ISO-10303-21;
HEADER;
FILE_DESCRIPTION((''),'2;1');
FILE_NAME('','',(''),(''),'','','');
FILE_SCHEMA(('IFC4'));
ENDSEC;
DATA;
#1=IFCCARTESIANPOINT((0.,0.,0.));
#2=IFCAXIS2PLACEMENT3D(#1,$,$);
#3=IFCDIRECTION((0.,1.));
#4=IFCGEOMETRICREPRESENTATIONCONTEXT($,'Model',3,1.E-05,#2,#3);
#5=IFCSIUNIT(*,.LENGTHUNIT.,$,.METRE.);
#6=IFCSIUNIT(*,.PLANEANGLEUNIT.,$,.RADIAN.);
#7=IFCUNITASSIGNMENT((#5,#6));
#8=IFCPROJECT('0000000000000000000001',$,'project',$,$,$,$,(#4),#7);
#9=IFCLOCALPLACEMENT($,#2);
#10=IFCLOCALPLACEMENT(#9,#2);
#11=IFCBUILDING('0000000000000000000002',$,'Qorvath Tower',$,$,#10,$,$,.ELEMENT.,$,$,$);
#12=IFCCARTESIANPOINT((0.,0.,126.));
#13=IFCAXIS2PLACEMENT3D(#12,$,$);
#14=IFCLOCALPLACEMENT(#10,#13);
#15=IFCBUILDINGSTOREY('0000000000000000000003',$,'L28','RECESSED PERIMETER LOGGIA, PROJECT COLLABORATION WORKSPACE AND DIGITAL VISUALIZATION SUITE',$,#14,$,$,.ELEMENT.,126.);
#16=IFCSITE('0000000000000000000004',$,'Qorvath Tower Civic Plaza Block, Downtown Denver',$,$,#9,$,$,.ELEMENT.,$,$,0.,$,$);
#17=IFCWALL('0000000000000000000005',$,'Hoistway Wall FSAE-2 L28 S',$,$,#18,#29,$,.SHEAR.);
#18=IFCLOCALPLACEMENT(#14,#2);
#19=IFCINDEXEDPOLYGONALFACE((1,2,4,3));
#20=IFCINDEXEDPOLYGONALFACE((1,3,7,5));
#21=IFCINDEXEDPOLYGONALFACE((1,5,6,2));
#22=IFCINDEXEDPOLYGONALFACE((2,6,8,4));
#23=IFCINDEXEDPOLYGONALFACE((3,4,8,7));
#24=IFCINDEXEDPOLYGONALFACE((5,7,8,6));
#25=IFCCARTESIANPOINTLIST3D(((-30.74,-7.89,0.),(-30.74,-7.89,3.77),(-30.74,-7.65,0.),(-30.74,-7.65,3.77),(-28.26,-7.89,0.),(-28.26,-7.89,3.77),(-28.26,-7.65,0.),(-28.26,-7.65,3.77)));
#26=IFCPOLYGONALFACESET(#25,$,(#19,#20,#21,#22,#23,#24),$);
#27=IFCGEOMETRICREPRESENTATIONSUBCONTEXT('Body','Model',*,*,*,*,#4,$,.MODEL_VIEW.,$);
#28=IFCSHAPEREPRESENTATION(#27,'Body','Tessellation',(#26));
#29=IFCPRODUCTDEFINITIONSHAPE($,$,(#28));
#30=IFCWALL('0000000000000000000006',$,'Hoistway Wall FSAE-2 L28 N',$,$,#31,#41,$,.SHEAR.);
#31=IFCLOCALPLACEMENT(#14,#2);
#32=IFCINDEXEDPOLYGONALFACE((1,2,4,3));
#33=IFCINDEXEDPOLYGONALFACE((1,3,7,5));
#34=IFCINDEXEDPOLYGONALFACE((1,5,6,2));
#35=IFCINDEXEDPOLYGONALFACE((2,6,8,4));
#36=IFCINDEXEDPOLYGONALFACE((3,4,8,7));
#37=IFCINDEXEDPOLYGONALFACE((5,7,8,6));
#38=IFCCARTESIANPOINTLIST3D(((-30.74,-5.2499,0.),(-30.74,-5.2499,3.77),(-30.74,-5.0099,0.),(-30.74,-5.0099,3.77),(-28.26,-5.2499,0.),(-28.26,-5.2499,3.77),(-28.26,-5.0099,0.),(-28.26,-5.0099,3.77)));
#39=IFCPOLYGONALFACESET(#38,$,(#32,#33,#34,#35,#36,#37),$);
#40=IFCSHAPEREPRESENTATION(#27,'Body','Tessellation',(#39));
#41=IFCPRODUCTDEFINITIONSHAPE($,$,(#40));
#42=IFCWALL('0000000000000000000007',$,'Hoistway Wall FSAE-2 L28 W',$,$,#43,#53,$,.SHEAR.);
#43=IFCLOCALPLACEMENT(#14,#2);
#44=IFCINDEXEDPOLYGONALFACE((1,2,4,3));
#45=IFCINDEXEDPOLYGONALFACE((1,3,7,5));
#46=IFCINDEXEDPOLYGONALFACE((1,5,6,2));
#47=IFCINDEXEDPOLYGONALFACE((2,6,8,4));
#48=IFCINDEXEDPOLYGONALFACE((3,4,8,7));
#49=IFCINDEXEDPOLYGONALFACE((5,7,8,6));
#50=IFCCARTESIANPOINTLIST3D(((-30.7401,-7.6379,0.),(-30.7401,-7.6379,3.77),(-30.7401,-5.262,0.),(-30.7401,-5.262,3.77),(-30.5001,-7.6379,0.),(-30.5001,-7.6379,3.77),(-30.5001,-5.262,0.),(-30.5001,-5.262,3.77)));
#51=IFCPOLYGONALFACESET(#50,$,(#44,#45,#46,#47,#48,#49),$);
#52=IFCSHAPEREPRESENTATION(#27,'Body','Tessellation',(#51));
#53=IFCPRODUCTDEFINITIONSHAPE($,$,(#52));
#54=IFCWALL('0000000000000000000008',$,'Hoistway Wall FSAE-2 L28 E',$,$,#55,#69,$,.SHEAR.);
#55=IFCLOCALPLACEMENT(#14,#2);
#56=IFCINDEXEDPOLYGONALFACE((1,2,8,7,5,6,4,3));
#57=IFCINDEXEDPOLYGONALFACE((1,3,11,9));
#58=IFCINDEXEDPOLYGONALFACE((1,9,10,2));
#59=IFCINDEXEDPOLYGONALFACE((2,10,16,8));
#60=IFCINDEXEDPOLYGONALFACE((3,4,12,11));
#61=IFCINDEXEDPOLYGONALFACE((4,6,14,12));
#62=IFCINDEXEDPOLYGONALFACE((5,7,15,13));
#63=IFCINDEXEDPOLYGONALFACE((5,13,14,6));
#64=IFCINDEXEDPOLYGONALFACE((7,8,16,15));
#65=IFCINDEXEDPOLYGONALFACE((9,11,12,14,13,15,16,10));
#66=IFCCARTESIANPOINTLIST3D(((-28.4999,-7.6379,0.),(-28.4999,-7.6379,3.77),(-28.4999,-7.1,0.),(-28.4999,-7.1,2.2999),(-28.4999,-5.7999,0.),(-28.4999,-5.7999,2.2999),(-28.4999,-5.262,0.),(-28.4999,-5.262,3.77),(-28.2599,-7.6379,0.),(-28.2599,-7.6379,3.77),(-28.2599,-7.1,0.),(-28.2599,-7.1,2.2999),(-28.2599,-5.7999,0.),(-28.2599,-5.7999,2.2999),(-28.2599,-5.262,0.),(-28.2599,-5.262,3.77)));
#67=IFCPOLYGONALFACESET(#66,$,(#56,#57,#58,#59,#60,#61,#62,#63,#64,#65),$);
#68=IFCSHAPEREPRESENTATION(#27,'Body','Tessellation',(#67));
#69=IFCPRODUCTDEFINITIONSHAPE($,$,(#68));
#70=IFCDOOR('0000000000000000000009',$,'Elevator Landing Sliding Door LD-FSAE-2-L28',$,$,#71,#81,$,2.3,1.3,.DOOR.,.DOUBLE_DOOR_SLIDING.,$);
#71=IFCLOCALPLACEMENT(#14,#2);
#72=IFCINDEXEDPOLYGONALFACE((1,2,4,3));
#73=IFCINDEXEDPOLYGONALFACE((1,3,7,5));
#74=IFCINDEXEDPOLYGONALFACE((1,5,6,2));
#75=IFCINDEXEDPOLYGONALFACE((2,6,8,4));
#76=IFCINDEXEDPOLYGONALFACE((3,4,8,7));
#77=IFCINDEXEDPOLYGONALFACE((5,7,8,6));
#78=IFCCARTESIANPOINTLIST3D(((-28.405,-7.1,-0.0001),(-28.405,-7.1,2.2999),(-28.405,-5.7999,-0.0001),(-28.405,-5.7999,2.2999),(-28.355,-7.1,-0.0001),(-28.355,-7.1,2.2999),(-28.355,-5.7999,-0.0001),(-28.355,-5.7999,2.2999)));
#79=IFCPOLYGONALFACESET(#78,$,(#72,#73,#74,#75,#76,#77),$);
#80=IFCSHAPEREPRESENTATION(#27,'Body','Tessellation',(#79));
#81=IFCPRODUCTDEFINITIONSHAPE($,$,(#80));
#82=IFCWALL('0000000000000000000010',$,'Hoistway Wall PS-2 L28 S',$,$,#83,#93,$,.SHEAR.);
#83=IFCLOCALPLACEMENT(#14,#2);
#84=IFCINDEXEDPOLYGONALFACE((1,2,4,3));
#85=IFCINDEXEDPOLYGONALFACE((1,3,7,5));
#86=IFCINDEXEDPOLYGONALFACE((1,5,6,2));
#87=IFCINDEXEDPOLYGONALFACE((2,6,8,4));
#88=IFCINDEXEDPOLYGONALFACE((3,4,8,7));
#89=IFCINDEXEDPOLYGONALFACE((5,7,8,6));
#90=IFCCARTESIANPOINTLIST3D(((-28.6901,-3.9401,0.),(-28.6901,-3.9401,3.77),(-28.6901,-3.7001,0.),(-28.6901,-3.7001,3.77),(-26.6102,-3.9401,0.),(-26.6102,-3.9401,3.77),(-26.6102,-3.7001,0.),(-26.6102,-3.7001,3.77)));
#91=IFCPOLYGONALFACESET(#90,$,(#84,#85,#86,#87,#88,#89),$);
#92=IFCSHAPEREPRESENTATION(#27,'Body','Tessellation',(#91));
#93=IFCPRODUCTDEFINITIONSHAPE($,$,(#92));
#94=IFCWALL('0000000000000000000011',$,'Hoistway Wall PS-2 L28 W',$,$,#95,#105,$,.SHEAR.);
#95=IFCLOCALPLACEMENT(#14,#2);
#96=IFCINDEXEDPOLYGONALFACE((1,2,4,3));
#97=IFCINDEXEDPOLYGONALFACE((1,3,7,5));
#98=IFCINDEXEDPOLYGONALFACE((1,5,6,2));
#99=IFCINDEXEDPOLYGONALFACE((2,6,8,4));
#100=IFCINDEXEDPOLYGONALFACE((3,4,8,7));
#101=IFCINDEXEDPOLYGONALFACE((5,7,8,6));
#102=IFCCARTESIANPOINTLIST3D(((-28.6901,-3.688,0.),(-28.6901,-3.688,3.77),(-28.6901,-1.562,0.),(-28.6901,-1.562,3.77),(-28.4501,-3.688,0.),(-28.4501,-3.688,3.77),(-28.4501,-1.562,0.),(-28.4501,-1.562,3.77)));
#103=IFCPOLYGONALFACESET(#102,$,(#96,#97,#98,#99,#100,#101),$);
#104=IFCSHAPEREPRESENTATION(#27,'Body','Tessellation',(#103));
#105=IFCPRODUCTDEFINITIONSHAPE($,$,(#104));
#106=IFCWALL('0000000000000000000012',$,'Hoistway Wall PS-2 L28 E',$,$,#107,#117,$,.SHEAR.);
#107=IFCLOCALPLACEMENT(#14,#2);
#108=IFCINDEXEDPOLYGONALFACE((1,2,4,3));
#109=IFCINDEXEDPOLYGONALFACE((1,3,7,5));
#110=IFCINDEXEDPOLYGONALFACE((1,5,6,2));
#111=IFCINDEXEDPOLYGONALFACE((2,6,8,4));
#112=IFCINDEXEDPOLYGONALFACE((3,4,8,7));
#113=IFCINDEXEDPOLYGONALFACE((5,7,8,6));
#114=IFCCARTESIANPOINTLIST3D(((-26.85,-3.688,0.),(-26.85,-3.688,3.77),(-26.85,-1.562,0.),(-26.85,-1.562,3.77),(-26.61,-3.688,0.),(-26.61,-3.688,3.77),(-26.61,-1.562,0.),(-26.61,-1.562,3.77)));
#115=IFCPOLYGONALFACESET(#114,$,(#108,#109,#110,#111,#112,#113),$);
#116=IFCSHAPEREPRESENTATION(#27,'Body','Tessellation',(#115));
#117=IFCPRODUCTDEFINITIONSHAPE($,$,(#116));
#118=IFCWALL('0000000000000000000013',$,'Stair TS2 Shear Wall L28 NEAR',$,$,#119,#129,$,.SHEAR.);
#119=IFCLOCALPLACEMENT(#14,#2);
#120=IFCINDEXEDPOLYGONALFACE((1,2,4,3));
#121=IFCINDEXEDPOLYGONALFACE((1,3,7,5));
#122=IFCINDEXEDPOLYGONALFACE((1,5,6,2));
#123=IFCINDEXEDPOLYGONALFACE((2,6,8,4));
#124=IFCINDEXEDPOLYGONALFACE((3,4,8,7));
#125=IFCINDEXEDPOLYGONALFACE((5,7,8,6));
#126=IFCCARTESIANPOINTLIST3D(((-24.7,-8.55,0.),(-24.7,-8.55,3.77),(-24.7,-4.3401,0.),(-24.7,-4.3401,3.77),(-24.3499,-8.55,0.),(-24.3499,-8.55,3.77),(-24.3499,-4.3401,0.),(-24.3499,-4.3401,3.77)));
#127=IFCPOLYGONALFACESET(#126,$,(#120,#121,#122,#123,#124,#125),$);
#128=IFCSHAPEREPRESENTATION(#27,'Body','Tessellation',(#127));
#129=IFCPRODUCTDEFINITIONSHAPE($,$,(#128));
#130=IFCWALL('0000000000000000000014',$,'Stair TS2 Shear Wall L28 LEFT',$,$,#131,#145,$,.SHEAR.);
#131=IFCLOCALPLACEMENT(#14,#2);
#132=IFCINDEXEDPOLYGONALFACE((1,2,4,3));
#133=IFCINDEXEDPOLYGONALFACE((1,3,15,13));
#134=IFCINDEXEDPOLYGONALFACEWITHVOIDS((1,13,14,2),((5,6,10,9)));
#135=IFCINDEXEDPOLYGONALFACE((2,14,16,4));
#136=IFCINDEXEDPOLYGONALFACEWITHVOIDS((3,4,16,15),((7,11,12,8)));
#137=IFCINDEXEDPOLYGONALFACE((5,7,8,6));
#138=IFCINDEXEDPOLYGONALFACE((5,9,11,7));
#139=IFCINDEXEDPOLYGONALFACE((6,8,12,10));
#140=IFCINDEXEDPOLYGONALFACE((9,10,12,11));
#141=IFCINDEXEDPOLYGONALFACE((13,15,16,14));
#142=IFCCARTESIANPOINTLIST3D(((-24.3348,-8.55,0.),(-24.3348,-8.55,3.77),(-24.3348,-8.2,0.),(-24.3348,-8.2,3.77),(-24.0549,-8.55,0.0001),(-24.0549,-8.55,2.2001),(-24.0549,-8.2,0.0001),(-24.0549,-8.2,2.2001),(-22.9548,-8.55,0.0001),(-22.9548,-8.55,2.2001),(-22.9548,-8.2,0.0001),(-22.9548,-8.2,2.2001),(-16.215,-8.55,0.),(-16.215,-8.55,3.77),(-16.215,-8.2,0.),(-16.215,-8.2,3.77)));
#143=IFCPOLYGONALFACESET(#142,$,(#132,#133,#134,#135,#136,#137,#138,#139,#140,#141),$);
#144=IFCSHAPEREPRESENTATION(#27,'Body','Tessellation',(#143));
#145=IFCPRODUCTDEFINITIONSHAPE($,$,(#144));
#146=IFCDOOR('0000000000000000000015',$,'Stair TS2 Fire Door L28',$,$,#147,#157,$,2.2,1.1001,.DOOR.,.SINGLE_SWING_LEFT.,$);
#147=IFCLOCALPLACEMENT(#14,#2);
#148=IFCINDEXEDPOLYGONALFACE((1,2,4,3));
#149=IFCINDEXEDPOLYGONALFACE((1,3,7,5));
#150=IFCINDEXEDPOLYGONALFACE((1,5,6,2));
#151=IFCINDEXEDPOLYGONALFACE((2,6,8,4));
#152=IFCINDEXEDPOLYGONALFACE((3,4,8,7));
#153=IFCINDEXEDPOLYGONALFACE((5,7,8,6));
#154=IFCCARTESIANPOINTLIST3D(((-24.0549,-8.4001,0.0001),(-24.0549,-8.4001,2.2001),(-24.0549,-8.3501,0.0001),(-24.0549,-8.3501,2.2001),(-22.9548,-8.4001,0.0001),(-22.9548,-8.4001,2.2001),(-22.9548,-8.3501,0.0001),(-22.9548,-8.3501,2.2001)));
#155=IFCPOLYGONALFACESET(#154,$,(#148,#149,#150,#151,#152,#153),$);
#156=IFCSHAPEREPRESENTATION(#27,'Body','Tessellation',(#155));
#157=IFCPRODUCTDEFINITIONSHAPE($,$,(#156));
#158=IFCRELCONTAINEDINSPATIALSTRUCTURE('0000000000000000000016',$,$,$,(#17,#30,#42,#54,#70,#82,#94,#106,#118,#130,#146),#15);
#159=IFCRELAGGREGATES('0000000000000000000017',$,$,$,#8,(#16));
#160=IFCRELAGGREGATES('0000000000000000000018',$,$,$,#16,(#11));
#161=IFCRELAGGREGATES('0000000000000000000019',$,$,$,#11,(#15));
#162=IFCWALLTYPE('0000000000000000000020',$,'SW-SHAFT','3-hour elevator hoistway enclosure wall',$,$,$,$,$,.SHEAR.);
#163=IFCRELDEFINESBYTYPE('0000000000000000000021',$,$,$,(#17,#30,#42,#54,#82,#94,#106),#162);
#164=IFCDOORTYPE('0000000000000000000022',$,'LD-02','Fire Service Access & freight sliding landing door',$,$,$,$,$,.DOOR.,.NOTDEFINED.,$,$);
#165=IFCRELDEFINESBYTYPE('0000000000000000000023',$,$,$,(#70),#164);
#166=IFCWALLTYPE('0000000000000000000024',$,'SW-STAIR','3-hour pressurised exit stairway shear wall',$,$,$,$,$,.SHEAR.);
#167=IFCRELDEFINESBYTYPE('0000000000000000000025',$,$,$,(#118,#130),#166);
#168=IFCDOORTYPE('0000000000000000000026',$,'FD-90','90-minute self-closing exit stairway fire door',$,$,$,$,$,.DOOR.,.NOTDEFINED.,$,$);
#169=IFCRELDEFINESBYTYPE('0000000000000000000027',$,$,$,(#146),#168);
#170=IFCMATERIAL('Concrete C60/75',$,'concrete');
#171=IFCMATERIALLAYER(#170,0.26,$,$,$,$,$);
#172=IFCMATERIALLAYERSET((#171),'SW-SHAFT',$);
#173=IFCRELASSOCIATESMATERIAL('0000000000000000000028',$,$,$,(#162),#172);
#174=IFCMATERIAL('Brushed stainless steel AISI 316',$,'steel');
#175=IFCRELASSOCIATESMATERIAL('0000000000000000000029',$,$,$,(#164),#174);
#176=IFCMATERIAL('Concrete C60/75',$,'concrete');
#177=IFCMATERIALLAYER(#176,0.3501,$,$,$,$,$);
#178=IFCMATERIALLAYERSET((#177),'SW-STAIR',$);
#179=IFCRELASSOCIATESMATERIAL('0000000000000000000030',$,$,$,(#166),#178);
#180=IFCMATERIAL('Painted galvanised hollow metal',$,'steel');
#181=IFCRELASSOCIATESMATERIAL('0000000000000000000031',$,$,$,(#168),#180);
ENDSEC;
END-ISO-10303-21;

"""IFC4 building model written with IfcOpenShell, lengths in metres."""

from ifc_helpers import new_model, si_unit, direction, frame, frame_2d, origin, place, context, subcontext, project, spatial, rectangle, extrude, material, layer, layer_set, type_object, element, fill, save


model = new_model("IFC4")

# Units and contexts
model_context = context("Model", 3, precision=1e-05, world=origin(), true_north=direction((0.0, 1.0)))
body_context = subcontext(model_context, "Body", "Model", "MODEL_VIEW")
ifc_project = project(units=[si_unit("LENGTHUNIT", "METRE"), si_unit("PLANEANGLEUNIT", "RADIAN")], contexts=[model_context])

# Site, building, storey
site_placement = place(None, origin())
site = spatial("IfcSite", under=ifc_project, at=site_placement, Name="Qorvath Tower Civic Plaza Block, Downtown Denver", CompositionType="ELEMENT", RefElevation=0.0)
building_placement = place(site_placement, origin())
building = spatial("IfcBuilding", under=site, at=building_placement, Name="Qorvath Tower", CompositionType="ELEMENT")
storey_placement = place(building_placement, frame((0.0, 0.0, 126.0)))
storey = spatial("IfcBuildingStorey", under=building, at=storey_placement, Name="L28", Description="RECESSED PERIMETER LOGGIA, PROJECT COLLABORATION WORKSPACE AND DIGITAL VISUALIZATION SUITE", CompositionType="ELEMENT", Elevation=126.0)

# Walls
ifc_material_1 = material(Name="Concrete C60/75", Category="concrete")
ifc_layer_1 = layer(ifc_material_1, 0.26)
ifc_layer_set_1 = layer_set([ifc_layer_1], Name="SW-SHAFT")
wall_type_1 = type_object("IfcWallType", Name="SW-SHAFT", Description="3-hour elevator hoistway enclosure wall", PredefinedType="SHEAR", material=ifc_layer_set_1)
for number, where, z_axis, x_axis, name in (
    (1, (-28.26, -7.77, 0.0), (0.0, 0.0, 1.0), (-1.0, 0.0, 0.0), "Hoistway Wall FSAE-2 L28 S"),
    (2, (-30.74, -5.1299, 0.0), (0.0, 0.0, 1.0), (1.0, 0.0, 0.0), "Hoistway Wall FSAE-2 L28 N"),
):
    element("IfcWall", number, at=place(storey_placement, frame(where, z_axis=z_axis, x_axis=x_axis)), inside=storey, type_object=wall_type_1, Name=name, PredefinedType="SHEAR", context=body_context, shape_type="SweptSolid", body=[
        extrude(rectangle(XDim=2.48, YDim=0.24, at=frame_2d((1.24, 0.0))), origin(), (0.0, 0.0, 1.0), 3.77),
    ])
wall_1_placement = place(storey_placement, frame((-30.6201, -7.6379, 0.0), z_axis=(0.0, 0.0, 1.0), x_axis=(0.0, 1.0, 0.0)))
element("IfcWall", 3, at=wall_1_placement, inside=storey, type_object=wall_type_1, Name="Hoistway Wall FSAE-2 L28 W", PredefinedType="SHEAR", context=body_context, shape_type="SweptSolid", body=[
    extrude(rectangle(XDim=2.376, YDim=0.24, at=frame_2d((1.188, 0.0))), origin(), (0.0, 0.0, 1.0), 3.77),
])

# Wall, opening, door
wall_2_placement = place(storey_placement, frame((-28.3799, -5.262, 0.0), z_axis=(0.0, 0.0, 1.0), x_axis=(0.0, -1.0, 0.0)))
wall_2 = element("IfcWall", 4, at=wall_2_placement, inside=storey, type_object=wall_type_1, Name="Hoistway Wall FSAE-2 L28 E", PredefinedType="SHEAR", context=body_context, shape_type="SweptSolid", body=[
    extrude(rectangle(XDim=2.376, YDim=0.24, at=frame_2d((1.188, 0.0))), origin(), (0.0, 0.0, 1.0), 3.77),
])
opening_1_placement = place(wall_2_placement, frame((0.5381, 0.0, 0.0)))
opening_1 = element("IfcOpeningElement", 5, at=opening_1_placement, cuts=wall_2, PredefinedType="OPENING", context=body_context, shape_type="SweptSolid", body=[
    extrude(rectangle(XDim=1.3, YDim=2.3, at=frame_2d((0.6499, 1.1499))), frame((0.0, 0.1299, 0.0), z_axis=(0.0, -1.0, 0.0), x_axis=(1.0, 0.0, 0.0)), (0.0, 0.0, 1.0), 0.26),
])
ifc_material_2 = material(Name="Brushed stainless steel AISI 316", Category="steel")
door_type_1 = type_object("IfcDoorType", Name="LD-02", Description="Fire Service Access & freight sliding landing door", OperationType="NOTDEFINED", PredefinedType="DOOR", material=ifc_material_2)
door_1_placement = place(opening_1_placement, origin())
door_1 = element("IfcDoor", 6, at=door_1_placement, inside=storey, type_object=door_type_1, Name="Elevator Landing Sliding Door LD-FSAE-2-L28", OperationType="DOUBLE_DOOR_SLIDING", OverallHeight=2.3, OverallWidth=1.3, PredefinedType="DOOR", context=body_context, shape_type="SweptSolid", body=[
    extrude(rectangle(XDim=1.3, YDim=2.3, at=frame_2d((0.6499, 1.1499))), frame((0.0, 0.0249, 0.0), z_axis=(0.0, -1.0, 0.0), x_axis=(1.0, 0.0, 0.0)), (0.0, 0.0, 1.0), 0.05),
])
fill(opening_1, door_1)

# Walls
wall_3_placement = place(storey_placement, frame((-26.6101, -3.8201, 0.0), z_axis=(0.0, 0.0, 1.0), x_axis=(-1.0, 0.0, 0.0)))
element("IfcWall", 7, at=wall_3_placement, inside=storey, type_object=wall_type_1, Name="Hoistway Wall PS-2 L28 S", PredefinedType="SHEAR", context=body_context, shape_type="SweptSolid", body=[
    extrude(rectangle(XDim=2.0798, YDim=0.24, at=frame_2d((1.04, 0.0))), origin(), (0.0, 0.0, 1.0), 3.77),
])
for number, where, z_axis, x_axis, name in (
    (8, (-28.5701, -3.688, 0.0), (0.0, 0.0, 1.0), (0.0, 1.0, 0.0), "Hoistway Wall PS-2 L28 W"),
    (9, (-26.73, -1.562, 0.0), (0.0, 0.0, 1.0), (0.0, -1.0, 0.0), "Hoistway Wall PS-2 L28 E"),
):
    element("IfcWall", number, at=place(storey_placement, frame(where, z_axis=z_axis, x_axis=x_axis)), inside=storey, type_object=wall_type_1, Name=name, PredefinedType="SHEAR", context=body_context, shape_type="SweptSolid", body=[
        extrude(rectangle(XDim=2.126, YDim=0.24, at=frame_2d((1.063, 0.0))), origin(), (0.0, 0.0, 1.0), 3.77),
    ])
ifc_material_3 = material(Name="Concrete C60/75", Category="concrete")
ifc_layer_2 = layer(ifc_material_3, 0.3501)
ifc_layer_set_2 = layer_set([ifc_layer_2], Name="SW-STAIR")
wall_type_2 = type_object("IfcWallType", Name="SW-STAIR", Description="3-hour pressurised exit stairway shear wall", PredefinedType="SHEAR", material=ifc_layer_set_2)
wall_4_placement = place(storey_placement, frame((-24.5249, -4.3401, 0.0), z_axis=(0.0, 0.0, 1.0), x_axis=(0.0, -1.0, 0.0)))
element("IfcWall", 10, at=wall_4_placement, inside=storey, type_object=wall_type_2, Name="Stair TS2 Shear Wall L28 NEAR", PredefinedType="SHEAR", context=body_context, shape_type="SweptSolid", body=[
    extrude(rectangle(XDim=4.21, YDim=0.3501, at=frame_2d((2.105, 0.0))), origin(), (0.0, 0.0, 1.0), 3.77),
])

# Wall, opening, door
wall_5_placement = place(storey_placement, frame((-24.335, -8.375, 0.0), z_axis=(0.0, 0.0, 1.0), x_axis=(1.0, 0.0, 0.0)))
wall_5 = element("IfcWall", 11, at=wall_5_placement, inside=storey, type_object=wall_type_2, Name="Stair TS2 Shear Wall L28 LEFT", PredefinedType="SHEAR", context=body_context, shape_type="SweptSolid", body=[
    extrude(rectangle(XDim=8.1199, YDim=0.3501, at=frame_2d((4.0601, 0.0))), origin(), (0.0, 0.0, 1.0), 3.77),
])
opening_2_placement = place(wall_5_placement, frame((0.28, 0.0, 0.0)))
opening_2 = element("IfcOpeningElement", 12, at=opening_2_placement, cuts=wall_5, PredefinedType="OPENING", context=body_context, shape_type="SweptSolid", body=[
    extrude(rectangle(XDim=1.1001, YDim=2.2, at=frame_2d((0.55, 1.1001))), frame((0.0, 0.1851, 0.0), z_axis=(0.0, -1.0, 0.0), x_axis=(1.0, 0.0, 0.0)), (0.0, 0.0, 1.0), 0.3701),
])
ifc_material_4 = material(Name="Painted galvanised hollow metal", Category="steel")
door_type_2 = type_object("IfcDoorType", Name="FD-90", Description="90-minute self-closing exit stairway fire door", OperationType="NOTDEFINED", PredefinedType="DOOR", material=ifc_material_4)
door_2_placement = place(opening_2_placement, origin())
door_2 = element("IfcDoor", 13, at=door_2_placement, inside=storey, type_object=door_type_2, Name="Stair TS2 Fire Door L28", OperationType="SINGLE_SWING_LEFT", OverallHeight=2.2, OverallWidth=1.1001, PredefinedType="DOOR", context=body_context, shape_type="SweptSolid", body=[
    extrude(rectangle(XDim=1.1001, YDim=2.2, at=frame_2d((0.55, 1.1001))), frame((0.0, 0.0249, 0.0), z_axis=(0.0, -1.0, 0.0), x_axis=(1.0, 0.0, 0.0)), (0.0, 0.0, 1.0), 0.05),
])
fill(opening_2, door_2)

save(model, "model.ifc")
